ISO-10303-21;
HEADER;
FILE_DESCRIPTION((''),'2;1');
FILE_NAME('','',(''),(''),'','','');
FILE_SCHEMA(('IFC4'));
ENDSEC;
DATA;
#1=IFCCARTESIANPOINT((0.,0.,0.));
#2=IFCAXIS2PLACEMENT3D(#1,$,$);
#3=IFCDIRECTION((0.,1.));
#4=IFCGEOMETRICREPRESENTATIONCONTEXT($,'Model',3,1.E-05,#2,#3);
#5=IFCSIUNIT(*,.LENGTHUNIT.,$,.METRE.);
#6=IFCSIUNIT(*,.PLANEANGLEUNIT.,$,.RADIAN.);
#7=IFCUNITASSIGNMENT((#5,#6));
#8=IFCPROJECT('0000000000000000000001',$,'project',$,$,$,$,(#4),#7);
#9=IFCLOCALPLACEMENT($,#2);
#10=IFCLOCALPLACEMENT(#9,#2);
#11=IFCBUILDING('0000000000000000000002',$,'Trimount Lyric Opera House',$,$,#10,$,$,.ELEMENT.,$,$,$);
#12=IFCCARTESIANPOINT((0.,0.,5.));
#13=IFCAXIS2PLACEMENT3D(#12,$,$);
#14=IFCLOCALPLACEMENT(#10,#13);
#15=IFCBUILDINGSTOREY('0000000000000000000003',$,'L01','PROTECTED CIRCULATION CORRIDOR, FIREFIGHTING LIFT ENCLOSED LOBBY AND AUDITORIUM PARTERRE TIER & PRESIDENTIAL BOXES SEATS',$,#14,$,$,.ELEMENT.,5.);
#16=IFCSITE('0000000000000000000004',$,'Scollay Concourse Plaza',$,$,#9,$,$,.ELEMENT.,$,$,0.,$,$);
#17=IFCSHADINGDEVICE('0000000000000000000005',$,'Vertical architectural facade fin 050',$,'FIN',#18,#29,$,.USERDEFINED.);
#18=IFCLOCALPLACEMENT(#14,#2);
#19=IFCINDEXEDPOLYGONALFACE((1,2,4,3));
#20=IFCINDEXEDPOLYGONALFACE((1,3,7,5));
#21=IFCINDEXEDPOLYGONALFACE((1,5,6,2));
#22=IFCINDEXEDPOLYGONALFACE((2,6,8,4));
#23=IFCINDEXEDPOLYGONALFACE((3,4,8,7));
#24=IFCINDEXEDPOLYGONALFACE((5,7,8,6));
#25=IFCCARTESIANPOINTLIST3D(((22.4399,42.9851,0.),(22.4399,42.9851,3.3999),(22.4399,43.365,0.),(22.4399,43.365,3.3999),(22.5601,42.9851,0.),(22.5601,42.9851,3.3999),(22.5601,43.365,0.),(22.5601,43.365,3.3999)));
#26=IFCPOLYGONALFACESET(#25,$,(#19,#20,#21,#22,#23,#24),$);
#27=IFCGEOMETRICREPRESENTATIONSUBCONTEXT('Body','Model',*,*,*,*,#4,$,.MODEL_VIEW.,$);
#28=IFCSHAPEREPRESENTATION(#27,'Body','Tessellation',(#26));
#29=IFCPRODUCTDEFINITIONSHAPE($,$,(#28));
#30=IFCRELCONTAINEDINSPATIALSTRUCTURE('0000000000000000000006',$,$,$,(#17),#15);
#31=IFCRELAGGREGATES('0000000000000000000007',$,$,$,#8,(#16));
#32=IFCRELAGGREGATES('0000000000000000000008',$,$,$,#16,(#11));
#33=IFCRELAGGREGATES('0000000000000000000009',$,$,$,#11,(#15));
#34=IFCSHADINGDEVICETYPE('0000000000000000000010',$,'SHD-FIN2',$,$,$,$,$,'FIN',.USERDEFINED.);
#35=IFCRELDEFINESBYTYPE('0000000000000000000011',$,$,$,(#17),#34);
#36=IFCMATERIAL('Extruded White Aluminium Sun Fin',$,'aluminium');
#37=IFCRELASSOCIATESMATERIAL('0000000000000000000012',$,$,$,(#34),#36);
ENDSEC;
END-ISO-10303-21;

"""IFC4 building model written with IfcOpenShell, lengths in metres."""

from ifc_helpers import new_model, si_unit, direction, frame, origin, origin_2d, place, context, subcontext, project, spatial, rectangle, extrude, material, type_object, element, save


model = new_model("IFC4")

# Units and contexts
model_context = context("Model", 3, precision=1e-05, world=origin(), true_north=direction((0.0, 1.0)))
body_context = subcontext(model_context, "Body", "Model", "MODEL_VIEW")
ifc_project = project(units=[si_unit("LENGTHUNIT", "METRE"), si_unit("PLANEANGLEUNIT", "RADIAN")], contexts=[model_context])

# Site, building, storey
site_placement = place(None, origin())
site = spatial("IfcSite", under=ifc_project, at=site_placement, Name="Scollay Concourse Plaza", CompositionType="ELEMENT", RefElevation=0.0)
building_placement = place(site_placement, origin())
building = spatial("IfcBuilding", under=site, at=building_placement, Name="Trimount Lyric Opera House", CompositionType="ELEMENT")
storey_placement = place(building_placement, frame((0.0, 0.0, 5.0)))
storey = spatial("IfcBuildingStorey", under=building, at=storey_placement, Name="L01", Description="PROTECTED CIRCULATION CORRIDOR, FIREFIGHTING LIFT ENCLOSED LOBBY AND AUDITORIUM PARTERRE TIER & PRESIDENTIAL BOXES SEATS", CompositionType="ELEMENT", Elevation=5.0)

# Shading device
ifc_material_1 = material(Name="Extruded White Aluminium Sun Fin", Category="aluminium")
shading_device_type_1 = type_object("IfcShadingDeviceType", Name="SHD-FIN2", ElementType="FIN", PredefinedType="USERDEFINED", material=ifc_material_1)
shading_device_1_placement = place(storey_placement, frame((22.5, 43.175, 0.0), z_axis=(0.0, 0.0, 1.0), x_axis=(1.0, 0.0, 0.0)))
element("IfcShadingDevice", 1, at=shading_device_1_placement, inside=storey, type_object=shading_device_type_1, Name="Vertical architectural facade fin 050", ObjectType="FIN", PredefinedType="USERDEFINED", context=body_context, shape_type="SweptSolid", body=[
    extrude(rectangle(XDim=0.1201, YDim=0.3799, at=origin_2d()), origin(), (0.0, 0.0, 1.0), 3.3999),
])

save(model, "model.ifc")
